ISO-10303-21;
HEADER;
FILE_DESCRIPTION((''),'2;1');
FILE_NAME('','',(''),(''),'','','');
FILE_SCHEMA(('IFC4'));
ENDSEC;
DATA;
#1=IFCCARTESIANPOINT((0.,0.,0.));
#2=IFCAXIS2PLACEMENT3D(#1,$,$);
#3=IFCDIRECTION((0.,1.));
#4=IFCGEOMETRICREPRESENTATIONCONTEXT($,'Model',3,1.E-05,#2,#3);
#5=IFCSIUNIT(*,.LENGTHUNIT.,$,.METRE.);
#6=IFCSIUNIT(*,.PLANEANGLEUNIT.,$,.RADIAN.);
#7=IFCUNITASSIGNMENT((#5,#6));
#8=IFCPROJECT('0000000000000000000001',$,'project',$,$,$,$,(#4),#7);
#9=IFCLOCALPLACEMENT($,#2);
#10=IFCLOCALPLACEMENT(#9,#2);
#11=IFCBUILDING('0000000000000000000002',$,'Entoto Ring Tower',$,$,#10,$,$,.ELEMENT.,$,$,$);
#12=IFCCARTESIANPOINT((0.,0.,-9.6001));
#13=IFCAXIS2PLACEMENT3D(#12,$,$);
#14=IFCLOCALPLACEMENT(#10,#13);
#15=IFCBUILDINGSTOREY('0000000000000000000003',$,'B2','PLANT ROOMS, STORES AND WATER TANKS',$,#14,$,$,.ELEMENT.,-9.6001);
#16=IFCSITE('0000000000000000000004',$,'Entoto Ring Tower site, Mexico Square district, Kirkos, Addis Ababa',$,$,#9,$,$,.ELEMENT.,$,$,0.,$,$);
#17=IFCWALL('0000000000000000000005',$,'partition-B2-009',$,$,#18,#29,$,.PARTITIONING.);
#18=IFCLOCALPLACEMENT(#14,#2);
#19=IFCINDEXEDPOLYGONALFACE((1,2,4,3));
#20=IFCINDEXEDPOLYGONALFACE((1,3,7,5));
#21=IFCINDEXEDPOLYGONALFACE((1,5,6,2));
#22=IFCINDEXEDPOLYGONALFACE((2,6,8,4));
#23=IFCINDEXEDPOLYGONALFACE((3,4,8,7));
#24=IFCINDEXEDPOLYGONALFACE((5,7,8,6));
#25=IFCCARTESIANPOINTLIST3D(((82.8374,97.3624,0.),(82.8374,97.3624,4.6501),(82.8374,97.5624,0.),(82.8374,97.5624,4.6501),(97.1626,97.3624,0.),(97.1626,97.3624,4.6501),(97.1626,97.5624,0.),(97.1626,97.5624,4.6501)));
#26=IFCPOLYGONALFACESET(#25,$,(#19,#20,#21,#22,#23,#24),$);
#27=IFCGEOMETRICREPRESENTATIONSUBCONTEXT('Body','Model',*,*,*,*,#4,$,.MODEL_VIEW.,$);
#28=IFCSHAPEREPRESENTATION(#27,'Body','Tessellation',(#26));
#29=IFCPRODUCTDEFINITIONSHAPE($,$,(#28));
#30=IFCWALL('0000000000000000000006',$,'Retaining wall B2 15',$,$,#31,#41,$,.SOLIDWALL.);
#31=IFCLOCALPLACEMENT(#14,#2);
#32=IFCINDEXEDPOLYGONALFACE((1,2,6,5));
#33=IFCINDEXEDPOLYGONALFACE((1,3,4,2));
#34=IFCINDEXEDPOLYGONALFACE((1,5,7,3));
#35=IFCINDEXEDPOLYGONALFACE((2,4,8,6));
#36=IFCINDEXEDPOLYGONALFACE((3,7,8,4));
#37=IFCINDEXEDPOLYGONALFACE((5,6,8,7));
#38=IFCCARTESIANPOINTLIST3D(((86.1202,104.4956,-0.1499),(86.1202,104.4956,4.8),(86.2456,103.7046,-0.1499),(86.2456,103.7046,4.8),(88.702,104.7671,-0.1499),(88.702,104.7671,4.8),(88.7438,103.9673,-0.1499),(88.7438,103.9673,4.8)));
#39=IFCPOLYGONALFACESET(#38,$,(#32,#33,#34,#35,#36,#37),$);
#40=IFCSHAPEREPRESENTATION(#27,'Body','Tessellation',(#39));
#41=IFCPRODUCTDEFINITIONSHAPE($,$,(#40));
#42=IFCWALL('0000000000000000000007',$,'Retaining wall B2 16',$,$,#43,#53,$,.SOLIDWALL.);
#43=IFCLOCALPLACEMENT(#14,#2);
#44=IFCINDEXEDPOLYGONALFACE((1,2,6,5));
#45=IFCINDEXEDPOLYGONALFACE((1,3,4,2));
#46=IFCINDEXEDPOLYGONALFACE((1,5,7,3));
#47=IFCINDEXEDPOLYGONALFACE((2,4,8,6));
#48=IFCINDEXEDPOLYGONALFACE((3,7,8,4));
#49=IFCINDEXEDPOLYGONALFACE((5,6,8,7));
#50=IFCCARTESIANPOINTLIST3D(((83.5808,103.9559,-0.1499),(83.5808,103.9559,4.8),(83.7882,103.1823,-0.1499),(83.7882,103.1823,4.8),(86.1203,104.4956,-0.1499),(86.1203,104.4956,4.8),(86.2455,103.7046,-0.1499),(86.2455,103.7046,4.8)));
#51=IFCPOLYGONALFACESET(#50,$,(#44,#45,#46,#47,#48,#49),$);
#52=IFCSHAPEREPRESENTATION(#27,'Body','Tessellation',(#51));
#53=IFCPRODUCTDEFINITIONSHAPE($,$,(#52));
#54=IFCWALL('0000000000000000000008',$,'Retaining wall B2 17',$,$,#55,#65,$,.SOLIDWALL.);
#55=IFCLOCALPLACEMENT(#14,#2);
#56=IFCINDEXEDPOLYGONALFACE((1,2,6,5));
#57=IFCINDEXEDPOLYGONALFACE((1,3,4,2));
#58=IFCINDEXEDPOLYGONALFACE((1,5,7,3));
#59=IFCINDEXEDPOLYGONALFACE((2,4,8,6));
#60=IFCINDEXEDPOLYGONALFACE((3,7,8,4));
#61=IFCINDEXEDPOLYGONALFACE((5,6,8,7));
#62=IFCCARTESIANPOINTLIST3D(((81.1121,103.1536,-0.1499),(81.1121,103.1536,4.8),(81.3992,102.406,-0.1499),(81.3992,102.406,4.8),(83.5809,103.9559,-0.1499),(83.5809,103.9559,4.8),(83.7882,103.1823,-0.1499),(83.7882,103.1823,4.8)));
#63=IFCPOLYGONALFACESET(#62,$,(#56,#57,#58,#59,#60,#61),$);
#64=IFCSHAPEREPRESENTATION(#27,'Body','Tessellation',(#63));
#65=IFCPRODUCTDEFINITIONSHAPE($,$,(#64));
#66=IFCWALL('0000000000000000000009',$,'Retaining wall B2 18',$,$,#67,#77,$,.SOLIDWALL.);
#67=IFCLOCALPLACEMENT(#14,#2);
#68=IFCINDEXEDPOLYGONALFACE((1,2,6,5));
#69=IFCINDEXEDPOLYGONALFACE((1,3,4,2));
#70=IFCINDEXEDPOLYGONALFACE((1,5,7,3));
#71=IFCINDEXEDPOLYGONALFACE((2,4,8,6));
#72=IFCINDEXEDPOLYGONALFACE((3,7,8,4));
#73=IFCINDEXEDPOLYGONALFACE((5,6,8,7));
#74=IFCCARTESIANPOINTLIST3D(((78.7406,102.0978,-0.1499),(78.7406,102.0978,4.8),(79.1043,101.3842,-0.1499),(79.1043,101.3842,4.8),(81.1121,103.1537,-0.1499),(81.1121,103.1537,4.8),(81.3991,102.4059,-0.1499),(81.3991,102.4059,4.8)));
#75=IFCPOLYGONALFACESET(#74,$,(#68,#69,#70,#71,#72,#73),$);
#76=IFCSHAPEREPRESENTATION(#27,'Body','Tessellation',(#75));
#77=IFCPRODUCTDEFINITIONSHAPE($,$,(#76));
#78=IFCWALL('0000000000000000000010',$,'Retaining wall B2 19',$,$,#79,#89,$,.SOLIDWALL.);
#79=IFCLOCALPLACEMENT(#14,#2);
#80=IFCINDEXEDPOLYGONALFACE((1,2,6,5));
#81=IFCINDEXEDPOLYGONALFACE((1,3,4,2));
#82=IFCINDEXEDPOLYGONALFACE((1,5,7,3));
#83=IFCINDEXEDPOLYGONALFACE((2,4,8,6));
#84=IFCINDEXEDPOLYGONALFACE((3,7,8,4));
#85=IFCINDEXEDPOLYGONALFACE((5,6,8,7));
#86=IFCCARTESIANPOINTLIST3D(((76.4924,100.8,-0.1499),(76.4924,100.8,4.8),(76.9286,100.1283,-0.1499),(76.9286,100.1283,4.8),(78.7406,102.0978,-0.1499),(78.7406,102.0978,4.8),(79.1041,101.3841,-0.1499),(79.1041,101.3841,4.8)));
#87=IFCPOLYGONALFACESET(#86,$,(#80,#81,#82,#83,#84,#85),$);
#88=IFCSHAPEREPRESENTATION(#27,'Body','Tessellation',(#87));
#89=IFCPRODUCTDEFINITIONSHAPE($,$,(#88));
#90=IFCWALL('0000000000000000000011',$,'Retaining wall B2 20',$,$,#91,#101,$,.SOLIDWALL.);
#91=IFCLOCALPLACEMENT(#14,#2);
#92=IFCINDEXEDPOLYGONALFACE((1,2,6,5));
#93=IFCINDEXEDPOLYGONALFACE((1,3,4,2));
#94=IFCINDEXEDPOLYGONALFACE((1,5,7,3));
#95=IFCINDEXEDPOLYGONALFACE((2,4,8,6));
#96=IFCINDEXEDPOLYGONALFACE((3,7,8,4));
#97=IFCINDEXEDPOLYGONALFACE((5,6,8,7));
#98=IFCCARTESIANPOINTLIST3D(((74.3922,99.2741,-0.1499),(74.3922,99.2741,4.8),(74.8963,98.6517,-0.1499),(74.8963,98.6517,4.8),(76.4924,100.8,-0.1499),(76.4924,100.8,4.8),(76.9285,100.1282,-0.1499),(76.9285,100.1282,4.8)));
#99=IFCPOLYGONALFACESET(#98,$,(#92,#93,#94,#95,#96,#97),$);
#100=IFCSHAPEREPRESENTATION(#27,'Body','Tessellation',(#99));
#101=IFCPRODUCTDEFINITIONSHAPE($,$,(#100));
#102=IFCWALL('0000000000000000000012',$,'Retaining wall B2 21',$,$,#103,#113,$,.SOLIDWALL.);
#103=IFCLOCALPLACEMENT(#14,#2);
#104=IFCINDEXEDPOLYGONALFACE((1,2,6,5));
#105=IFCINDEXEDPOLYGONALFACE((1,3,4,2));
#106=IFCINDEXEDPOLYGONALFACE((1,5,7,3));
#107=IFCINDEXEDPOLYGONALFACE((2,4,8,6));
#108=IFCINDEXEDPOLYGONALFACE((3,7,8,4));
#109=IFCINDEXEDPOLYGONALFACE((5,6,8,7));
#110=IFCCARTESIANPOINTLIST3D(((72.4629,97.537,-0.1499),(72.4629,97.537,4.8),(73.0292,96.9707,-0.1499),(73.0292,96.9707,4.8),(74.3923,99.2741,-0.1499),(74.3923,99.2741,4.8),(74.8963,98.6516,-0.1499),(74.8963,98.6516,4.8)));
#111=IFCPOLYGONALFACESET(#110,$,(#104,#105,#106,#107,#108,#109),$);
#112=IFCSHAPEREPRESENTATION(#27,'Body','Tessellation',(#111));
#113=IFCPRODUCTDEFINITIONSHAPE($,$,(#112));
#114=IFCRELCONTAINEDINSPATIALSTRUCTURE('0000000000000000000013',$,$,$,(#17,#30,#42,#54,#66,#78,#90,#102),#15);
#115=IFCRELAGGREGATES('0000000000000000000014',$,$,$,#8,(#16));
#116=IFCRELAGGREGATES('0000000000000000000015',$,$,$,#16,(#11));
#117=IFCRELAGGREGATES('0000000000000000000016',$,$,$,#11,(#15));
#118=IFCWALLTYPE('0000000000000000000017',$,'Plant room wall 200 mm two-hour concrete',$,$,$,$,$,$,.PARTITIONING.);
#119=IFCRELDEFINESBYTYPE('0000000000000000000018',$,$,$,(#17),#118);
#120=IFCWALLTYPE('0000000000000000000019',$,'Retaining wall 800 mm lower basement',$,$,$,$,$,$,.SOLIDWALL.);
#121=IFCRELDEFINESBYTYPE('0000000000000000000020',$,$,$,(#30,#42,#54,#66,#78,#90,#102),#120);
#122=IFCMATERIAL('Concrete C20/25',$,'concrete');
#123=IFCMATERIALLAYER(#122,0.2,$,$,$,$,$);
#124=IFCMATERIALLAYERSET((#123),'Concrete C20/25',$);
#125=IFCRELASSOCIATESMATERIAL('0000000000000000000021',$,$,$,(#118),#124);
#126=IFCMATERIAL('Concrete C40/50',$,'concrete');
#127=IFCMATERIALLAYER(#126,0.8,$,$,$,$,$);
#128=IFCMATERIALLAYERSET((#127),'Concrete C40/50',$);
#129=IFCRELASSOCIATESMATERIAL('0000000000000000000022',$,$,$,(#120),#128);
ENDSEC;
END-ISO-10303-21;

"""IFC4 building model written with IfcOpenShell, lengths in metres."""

from ifc_helpers import new_model, si_unit, direction, frame, frame_2d, origin, place, context, subcontext, project, spatial, polyline, rectangle, outline, extrude, material, layer, layer_set, type_object, element, save


model = new_model("IFC4")

# Units and contexts
model_context = context("Model", 3, precision=1e-05, world=origin(), true_north=direction((0.0, 1.0)))
body_context = subcontext(model_context, "Body", "Model", "MODEL_VIEW")
ifc_project = project(units=[si_unit("LENGTHUNIT", "METRE"), si_unit("PLANEANGLEUNIT", "RADIAN")], contexts=[model_context])

# Site, building, storey
site_placement = place(None, origin())
site = spatial("IfcSite", under=ifc_project, at=site_placement, Name="Entoto Ring Tower site, Mexico Square district, Kirkos, Addis Ababa", CompositionType="ELEMENT", RefElevation=0.0)
building_placement = place(site_placement, origin())
building = spatial("IfcBuilding", under=site, at=building_placement, Name="Entoto Ring Tower", CompositionType="ELEMENT")
storey_placement = place(building_placement, frame((0.0, 0.0, -9.6001)))
storey = spatial("IfcBuildingStorey", under=building, at=storey_placement, Name="B2", Description="PLANT ROOMS, STORES AND WATER TANKS", CompositionType="ELEMENT", Elevation=-9.6001)

# Walls
ifc_material_1 = material(Name="Concrete C20/25", Category="concrete")
ifc_layer_1 = layer(ifc_material_1, 0.2)
ifc_layer_set_1 = layer_set([ifc_layer_1], Name="Concrete C20/25")
wall_type_1 = type_object("IfcWallType", Name="Plant room wall 200 mm two-hour concrete", PredefinedType="PARTITIONING", material=ifc_layer_set_1)
wall_1_placement = place(storey_placement, frame((82.8374, 97.4624, 0.0), z_axis=(0.0, 0.0, 1.0), x_axis=(1.0, 0.0, 0.0)))
element("IfcWall", 1, at=wall_1_placement, inside=storey, type_object=wall_type_1, Name="partition-B2-009", PredefinedType="PARTITIONING", context=body_context, shape_type="SweptSolid", body=[
    extrude(rectangle(XDim=14.3252, YDim=0.2, at=frame_2d((7.1626, 0.0))), origin(), (0.0, 0.0, 1.0), 4.6501),
])
ifc_material_2 = material(Name="Concrete C40/50", Category="concrete")
ifc_layer_2 = layer(ifc_material_2, 0.8)
ifc_layer_set_2 = layer_set([ifc_layer_2], Name="Concrete C40/50")
wall_type_2 = type_object("IfcWallType", Name="Retaining wall 800 mm lower basement", PredefinedType="SOLIDWALL", material=ifc_layer_set_2)
wall_2_placement = place(storey_placement, frame((88.7229, 104.3672, -0.1499), z_axis=(0.0, 0.0, 1.0), x_axis=(-0.994517, -0.104575, 0.0)))
element("IfcWall", 2, at=wall_2_placement, inside=storey, type_object=wall_type_2, Name="Retaining wall B2 15", PredefinedType="SOLIDWALL", context=body_context, shape_type="SweptSolid", body=[
    extrude(outline(polyline([(-0.021, -0.3999), (2.575, -0.3999), (2.533, 0.3999), (0.021, 0.3999), (-0.021, -0.3999)])), origin(), (0.0, 0.0, 1.0), 4.95),
])
wall_3_placement = place(storey_placement, frame((86.1829, 104.1001, -0.1499), z_axis=(0.0, 0.0, 1.0), x_axis=(-0.978149, -0.207903, 0.0)))
element("IfcWall", 3, at=wall_3_placement, inside=storey, type_object=wall_type_2, Name="Retaining wall B2 16", PredefinedType="SOLIDWALL", context=body_context, shape_type="SweptSolid", body=[
    extrude(outline(polyline([(-0.021, -0.3999), (2.5752, -0.3999), (2.5332, 0.3999), (0.021, 0.3999), (-0.021, -0.3999)])), origin(), (0.0, 0.0, 1.0), 4.95),
])
for number, where, z_axis, x_axis, name in (
    (4, (83.6846, 103.5691, -0.1499), (0.0, 0.0, 1.0), (-0.951046, -0.309049, 0.0), "Retaining wall B2 17"),
    (5, (81.2556, 102.7798, -0.1499), (0.0, 0.0, 1.0), (-0.913547, -0.406733, 0.0), "Retaining wall B2 18"),
    (6, (78.9224, 101.741, -0.1499), (0.0, 0.0, 1.0), (-0.866058, -0.499943, 0.0), "Retaining wall B2 19"),
    (7, (76.7104, 100.4641, -0.1499), (0.0, 0.0, 1.0), (-0.809005, -0.587802, 0.0), "Retaining wall B2 20"),
):
    element("IfcWall", number, at=place(storey_placement, frame(where, z_axis=z_axis, x_axis=x_axis)), inside=storey, type_object=wall_type_2, Name=name, PredefinedType="SOLIDWALL", context=body_context, shape_type="SweptSolid", body=[
        extrude(outline(polyline([(-0.021, -0.3999), (2.575, -0.3999), (2.533, 0.3999), (0.021, 0.3999), (-0.021, -0.3999)])), origin(), (0.0, 0.0, 1.0), 4.95),
    ])
wall_4_placement = place(storey_placement, frame((74.6443, 98.9629, -0.1499), z_axis=(0.0, 0.0, 1.0), x_axis=(-0.743175, -0.669097, 0.0)))
element("IfcWall", 8, at=wall_4_placement, inside=storey, type_object=wall_type_2, Name="Retaining wall B2 21", PredefinedType="SOLIDWALL", context=body_context, shape_type="SweptSolid", body=[
    extrude(outline(polyline([(-0.021, -0.3999), (2.5752, -0.3999), (2.5332, 0.3999), (0.021, 0.3999), (-0.021, -0.3999)])), origin(), (0.0, 0.0, 1.0), 4.95),
])

save(model, "model.ifc")
